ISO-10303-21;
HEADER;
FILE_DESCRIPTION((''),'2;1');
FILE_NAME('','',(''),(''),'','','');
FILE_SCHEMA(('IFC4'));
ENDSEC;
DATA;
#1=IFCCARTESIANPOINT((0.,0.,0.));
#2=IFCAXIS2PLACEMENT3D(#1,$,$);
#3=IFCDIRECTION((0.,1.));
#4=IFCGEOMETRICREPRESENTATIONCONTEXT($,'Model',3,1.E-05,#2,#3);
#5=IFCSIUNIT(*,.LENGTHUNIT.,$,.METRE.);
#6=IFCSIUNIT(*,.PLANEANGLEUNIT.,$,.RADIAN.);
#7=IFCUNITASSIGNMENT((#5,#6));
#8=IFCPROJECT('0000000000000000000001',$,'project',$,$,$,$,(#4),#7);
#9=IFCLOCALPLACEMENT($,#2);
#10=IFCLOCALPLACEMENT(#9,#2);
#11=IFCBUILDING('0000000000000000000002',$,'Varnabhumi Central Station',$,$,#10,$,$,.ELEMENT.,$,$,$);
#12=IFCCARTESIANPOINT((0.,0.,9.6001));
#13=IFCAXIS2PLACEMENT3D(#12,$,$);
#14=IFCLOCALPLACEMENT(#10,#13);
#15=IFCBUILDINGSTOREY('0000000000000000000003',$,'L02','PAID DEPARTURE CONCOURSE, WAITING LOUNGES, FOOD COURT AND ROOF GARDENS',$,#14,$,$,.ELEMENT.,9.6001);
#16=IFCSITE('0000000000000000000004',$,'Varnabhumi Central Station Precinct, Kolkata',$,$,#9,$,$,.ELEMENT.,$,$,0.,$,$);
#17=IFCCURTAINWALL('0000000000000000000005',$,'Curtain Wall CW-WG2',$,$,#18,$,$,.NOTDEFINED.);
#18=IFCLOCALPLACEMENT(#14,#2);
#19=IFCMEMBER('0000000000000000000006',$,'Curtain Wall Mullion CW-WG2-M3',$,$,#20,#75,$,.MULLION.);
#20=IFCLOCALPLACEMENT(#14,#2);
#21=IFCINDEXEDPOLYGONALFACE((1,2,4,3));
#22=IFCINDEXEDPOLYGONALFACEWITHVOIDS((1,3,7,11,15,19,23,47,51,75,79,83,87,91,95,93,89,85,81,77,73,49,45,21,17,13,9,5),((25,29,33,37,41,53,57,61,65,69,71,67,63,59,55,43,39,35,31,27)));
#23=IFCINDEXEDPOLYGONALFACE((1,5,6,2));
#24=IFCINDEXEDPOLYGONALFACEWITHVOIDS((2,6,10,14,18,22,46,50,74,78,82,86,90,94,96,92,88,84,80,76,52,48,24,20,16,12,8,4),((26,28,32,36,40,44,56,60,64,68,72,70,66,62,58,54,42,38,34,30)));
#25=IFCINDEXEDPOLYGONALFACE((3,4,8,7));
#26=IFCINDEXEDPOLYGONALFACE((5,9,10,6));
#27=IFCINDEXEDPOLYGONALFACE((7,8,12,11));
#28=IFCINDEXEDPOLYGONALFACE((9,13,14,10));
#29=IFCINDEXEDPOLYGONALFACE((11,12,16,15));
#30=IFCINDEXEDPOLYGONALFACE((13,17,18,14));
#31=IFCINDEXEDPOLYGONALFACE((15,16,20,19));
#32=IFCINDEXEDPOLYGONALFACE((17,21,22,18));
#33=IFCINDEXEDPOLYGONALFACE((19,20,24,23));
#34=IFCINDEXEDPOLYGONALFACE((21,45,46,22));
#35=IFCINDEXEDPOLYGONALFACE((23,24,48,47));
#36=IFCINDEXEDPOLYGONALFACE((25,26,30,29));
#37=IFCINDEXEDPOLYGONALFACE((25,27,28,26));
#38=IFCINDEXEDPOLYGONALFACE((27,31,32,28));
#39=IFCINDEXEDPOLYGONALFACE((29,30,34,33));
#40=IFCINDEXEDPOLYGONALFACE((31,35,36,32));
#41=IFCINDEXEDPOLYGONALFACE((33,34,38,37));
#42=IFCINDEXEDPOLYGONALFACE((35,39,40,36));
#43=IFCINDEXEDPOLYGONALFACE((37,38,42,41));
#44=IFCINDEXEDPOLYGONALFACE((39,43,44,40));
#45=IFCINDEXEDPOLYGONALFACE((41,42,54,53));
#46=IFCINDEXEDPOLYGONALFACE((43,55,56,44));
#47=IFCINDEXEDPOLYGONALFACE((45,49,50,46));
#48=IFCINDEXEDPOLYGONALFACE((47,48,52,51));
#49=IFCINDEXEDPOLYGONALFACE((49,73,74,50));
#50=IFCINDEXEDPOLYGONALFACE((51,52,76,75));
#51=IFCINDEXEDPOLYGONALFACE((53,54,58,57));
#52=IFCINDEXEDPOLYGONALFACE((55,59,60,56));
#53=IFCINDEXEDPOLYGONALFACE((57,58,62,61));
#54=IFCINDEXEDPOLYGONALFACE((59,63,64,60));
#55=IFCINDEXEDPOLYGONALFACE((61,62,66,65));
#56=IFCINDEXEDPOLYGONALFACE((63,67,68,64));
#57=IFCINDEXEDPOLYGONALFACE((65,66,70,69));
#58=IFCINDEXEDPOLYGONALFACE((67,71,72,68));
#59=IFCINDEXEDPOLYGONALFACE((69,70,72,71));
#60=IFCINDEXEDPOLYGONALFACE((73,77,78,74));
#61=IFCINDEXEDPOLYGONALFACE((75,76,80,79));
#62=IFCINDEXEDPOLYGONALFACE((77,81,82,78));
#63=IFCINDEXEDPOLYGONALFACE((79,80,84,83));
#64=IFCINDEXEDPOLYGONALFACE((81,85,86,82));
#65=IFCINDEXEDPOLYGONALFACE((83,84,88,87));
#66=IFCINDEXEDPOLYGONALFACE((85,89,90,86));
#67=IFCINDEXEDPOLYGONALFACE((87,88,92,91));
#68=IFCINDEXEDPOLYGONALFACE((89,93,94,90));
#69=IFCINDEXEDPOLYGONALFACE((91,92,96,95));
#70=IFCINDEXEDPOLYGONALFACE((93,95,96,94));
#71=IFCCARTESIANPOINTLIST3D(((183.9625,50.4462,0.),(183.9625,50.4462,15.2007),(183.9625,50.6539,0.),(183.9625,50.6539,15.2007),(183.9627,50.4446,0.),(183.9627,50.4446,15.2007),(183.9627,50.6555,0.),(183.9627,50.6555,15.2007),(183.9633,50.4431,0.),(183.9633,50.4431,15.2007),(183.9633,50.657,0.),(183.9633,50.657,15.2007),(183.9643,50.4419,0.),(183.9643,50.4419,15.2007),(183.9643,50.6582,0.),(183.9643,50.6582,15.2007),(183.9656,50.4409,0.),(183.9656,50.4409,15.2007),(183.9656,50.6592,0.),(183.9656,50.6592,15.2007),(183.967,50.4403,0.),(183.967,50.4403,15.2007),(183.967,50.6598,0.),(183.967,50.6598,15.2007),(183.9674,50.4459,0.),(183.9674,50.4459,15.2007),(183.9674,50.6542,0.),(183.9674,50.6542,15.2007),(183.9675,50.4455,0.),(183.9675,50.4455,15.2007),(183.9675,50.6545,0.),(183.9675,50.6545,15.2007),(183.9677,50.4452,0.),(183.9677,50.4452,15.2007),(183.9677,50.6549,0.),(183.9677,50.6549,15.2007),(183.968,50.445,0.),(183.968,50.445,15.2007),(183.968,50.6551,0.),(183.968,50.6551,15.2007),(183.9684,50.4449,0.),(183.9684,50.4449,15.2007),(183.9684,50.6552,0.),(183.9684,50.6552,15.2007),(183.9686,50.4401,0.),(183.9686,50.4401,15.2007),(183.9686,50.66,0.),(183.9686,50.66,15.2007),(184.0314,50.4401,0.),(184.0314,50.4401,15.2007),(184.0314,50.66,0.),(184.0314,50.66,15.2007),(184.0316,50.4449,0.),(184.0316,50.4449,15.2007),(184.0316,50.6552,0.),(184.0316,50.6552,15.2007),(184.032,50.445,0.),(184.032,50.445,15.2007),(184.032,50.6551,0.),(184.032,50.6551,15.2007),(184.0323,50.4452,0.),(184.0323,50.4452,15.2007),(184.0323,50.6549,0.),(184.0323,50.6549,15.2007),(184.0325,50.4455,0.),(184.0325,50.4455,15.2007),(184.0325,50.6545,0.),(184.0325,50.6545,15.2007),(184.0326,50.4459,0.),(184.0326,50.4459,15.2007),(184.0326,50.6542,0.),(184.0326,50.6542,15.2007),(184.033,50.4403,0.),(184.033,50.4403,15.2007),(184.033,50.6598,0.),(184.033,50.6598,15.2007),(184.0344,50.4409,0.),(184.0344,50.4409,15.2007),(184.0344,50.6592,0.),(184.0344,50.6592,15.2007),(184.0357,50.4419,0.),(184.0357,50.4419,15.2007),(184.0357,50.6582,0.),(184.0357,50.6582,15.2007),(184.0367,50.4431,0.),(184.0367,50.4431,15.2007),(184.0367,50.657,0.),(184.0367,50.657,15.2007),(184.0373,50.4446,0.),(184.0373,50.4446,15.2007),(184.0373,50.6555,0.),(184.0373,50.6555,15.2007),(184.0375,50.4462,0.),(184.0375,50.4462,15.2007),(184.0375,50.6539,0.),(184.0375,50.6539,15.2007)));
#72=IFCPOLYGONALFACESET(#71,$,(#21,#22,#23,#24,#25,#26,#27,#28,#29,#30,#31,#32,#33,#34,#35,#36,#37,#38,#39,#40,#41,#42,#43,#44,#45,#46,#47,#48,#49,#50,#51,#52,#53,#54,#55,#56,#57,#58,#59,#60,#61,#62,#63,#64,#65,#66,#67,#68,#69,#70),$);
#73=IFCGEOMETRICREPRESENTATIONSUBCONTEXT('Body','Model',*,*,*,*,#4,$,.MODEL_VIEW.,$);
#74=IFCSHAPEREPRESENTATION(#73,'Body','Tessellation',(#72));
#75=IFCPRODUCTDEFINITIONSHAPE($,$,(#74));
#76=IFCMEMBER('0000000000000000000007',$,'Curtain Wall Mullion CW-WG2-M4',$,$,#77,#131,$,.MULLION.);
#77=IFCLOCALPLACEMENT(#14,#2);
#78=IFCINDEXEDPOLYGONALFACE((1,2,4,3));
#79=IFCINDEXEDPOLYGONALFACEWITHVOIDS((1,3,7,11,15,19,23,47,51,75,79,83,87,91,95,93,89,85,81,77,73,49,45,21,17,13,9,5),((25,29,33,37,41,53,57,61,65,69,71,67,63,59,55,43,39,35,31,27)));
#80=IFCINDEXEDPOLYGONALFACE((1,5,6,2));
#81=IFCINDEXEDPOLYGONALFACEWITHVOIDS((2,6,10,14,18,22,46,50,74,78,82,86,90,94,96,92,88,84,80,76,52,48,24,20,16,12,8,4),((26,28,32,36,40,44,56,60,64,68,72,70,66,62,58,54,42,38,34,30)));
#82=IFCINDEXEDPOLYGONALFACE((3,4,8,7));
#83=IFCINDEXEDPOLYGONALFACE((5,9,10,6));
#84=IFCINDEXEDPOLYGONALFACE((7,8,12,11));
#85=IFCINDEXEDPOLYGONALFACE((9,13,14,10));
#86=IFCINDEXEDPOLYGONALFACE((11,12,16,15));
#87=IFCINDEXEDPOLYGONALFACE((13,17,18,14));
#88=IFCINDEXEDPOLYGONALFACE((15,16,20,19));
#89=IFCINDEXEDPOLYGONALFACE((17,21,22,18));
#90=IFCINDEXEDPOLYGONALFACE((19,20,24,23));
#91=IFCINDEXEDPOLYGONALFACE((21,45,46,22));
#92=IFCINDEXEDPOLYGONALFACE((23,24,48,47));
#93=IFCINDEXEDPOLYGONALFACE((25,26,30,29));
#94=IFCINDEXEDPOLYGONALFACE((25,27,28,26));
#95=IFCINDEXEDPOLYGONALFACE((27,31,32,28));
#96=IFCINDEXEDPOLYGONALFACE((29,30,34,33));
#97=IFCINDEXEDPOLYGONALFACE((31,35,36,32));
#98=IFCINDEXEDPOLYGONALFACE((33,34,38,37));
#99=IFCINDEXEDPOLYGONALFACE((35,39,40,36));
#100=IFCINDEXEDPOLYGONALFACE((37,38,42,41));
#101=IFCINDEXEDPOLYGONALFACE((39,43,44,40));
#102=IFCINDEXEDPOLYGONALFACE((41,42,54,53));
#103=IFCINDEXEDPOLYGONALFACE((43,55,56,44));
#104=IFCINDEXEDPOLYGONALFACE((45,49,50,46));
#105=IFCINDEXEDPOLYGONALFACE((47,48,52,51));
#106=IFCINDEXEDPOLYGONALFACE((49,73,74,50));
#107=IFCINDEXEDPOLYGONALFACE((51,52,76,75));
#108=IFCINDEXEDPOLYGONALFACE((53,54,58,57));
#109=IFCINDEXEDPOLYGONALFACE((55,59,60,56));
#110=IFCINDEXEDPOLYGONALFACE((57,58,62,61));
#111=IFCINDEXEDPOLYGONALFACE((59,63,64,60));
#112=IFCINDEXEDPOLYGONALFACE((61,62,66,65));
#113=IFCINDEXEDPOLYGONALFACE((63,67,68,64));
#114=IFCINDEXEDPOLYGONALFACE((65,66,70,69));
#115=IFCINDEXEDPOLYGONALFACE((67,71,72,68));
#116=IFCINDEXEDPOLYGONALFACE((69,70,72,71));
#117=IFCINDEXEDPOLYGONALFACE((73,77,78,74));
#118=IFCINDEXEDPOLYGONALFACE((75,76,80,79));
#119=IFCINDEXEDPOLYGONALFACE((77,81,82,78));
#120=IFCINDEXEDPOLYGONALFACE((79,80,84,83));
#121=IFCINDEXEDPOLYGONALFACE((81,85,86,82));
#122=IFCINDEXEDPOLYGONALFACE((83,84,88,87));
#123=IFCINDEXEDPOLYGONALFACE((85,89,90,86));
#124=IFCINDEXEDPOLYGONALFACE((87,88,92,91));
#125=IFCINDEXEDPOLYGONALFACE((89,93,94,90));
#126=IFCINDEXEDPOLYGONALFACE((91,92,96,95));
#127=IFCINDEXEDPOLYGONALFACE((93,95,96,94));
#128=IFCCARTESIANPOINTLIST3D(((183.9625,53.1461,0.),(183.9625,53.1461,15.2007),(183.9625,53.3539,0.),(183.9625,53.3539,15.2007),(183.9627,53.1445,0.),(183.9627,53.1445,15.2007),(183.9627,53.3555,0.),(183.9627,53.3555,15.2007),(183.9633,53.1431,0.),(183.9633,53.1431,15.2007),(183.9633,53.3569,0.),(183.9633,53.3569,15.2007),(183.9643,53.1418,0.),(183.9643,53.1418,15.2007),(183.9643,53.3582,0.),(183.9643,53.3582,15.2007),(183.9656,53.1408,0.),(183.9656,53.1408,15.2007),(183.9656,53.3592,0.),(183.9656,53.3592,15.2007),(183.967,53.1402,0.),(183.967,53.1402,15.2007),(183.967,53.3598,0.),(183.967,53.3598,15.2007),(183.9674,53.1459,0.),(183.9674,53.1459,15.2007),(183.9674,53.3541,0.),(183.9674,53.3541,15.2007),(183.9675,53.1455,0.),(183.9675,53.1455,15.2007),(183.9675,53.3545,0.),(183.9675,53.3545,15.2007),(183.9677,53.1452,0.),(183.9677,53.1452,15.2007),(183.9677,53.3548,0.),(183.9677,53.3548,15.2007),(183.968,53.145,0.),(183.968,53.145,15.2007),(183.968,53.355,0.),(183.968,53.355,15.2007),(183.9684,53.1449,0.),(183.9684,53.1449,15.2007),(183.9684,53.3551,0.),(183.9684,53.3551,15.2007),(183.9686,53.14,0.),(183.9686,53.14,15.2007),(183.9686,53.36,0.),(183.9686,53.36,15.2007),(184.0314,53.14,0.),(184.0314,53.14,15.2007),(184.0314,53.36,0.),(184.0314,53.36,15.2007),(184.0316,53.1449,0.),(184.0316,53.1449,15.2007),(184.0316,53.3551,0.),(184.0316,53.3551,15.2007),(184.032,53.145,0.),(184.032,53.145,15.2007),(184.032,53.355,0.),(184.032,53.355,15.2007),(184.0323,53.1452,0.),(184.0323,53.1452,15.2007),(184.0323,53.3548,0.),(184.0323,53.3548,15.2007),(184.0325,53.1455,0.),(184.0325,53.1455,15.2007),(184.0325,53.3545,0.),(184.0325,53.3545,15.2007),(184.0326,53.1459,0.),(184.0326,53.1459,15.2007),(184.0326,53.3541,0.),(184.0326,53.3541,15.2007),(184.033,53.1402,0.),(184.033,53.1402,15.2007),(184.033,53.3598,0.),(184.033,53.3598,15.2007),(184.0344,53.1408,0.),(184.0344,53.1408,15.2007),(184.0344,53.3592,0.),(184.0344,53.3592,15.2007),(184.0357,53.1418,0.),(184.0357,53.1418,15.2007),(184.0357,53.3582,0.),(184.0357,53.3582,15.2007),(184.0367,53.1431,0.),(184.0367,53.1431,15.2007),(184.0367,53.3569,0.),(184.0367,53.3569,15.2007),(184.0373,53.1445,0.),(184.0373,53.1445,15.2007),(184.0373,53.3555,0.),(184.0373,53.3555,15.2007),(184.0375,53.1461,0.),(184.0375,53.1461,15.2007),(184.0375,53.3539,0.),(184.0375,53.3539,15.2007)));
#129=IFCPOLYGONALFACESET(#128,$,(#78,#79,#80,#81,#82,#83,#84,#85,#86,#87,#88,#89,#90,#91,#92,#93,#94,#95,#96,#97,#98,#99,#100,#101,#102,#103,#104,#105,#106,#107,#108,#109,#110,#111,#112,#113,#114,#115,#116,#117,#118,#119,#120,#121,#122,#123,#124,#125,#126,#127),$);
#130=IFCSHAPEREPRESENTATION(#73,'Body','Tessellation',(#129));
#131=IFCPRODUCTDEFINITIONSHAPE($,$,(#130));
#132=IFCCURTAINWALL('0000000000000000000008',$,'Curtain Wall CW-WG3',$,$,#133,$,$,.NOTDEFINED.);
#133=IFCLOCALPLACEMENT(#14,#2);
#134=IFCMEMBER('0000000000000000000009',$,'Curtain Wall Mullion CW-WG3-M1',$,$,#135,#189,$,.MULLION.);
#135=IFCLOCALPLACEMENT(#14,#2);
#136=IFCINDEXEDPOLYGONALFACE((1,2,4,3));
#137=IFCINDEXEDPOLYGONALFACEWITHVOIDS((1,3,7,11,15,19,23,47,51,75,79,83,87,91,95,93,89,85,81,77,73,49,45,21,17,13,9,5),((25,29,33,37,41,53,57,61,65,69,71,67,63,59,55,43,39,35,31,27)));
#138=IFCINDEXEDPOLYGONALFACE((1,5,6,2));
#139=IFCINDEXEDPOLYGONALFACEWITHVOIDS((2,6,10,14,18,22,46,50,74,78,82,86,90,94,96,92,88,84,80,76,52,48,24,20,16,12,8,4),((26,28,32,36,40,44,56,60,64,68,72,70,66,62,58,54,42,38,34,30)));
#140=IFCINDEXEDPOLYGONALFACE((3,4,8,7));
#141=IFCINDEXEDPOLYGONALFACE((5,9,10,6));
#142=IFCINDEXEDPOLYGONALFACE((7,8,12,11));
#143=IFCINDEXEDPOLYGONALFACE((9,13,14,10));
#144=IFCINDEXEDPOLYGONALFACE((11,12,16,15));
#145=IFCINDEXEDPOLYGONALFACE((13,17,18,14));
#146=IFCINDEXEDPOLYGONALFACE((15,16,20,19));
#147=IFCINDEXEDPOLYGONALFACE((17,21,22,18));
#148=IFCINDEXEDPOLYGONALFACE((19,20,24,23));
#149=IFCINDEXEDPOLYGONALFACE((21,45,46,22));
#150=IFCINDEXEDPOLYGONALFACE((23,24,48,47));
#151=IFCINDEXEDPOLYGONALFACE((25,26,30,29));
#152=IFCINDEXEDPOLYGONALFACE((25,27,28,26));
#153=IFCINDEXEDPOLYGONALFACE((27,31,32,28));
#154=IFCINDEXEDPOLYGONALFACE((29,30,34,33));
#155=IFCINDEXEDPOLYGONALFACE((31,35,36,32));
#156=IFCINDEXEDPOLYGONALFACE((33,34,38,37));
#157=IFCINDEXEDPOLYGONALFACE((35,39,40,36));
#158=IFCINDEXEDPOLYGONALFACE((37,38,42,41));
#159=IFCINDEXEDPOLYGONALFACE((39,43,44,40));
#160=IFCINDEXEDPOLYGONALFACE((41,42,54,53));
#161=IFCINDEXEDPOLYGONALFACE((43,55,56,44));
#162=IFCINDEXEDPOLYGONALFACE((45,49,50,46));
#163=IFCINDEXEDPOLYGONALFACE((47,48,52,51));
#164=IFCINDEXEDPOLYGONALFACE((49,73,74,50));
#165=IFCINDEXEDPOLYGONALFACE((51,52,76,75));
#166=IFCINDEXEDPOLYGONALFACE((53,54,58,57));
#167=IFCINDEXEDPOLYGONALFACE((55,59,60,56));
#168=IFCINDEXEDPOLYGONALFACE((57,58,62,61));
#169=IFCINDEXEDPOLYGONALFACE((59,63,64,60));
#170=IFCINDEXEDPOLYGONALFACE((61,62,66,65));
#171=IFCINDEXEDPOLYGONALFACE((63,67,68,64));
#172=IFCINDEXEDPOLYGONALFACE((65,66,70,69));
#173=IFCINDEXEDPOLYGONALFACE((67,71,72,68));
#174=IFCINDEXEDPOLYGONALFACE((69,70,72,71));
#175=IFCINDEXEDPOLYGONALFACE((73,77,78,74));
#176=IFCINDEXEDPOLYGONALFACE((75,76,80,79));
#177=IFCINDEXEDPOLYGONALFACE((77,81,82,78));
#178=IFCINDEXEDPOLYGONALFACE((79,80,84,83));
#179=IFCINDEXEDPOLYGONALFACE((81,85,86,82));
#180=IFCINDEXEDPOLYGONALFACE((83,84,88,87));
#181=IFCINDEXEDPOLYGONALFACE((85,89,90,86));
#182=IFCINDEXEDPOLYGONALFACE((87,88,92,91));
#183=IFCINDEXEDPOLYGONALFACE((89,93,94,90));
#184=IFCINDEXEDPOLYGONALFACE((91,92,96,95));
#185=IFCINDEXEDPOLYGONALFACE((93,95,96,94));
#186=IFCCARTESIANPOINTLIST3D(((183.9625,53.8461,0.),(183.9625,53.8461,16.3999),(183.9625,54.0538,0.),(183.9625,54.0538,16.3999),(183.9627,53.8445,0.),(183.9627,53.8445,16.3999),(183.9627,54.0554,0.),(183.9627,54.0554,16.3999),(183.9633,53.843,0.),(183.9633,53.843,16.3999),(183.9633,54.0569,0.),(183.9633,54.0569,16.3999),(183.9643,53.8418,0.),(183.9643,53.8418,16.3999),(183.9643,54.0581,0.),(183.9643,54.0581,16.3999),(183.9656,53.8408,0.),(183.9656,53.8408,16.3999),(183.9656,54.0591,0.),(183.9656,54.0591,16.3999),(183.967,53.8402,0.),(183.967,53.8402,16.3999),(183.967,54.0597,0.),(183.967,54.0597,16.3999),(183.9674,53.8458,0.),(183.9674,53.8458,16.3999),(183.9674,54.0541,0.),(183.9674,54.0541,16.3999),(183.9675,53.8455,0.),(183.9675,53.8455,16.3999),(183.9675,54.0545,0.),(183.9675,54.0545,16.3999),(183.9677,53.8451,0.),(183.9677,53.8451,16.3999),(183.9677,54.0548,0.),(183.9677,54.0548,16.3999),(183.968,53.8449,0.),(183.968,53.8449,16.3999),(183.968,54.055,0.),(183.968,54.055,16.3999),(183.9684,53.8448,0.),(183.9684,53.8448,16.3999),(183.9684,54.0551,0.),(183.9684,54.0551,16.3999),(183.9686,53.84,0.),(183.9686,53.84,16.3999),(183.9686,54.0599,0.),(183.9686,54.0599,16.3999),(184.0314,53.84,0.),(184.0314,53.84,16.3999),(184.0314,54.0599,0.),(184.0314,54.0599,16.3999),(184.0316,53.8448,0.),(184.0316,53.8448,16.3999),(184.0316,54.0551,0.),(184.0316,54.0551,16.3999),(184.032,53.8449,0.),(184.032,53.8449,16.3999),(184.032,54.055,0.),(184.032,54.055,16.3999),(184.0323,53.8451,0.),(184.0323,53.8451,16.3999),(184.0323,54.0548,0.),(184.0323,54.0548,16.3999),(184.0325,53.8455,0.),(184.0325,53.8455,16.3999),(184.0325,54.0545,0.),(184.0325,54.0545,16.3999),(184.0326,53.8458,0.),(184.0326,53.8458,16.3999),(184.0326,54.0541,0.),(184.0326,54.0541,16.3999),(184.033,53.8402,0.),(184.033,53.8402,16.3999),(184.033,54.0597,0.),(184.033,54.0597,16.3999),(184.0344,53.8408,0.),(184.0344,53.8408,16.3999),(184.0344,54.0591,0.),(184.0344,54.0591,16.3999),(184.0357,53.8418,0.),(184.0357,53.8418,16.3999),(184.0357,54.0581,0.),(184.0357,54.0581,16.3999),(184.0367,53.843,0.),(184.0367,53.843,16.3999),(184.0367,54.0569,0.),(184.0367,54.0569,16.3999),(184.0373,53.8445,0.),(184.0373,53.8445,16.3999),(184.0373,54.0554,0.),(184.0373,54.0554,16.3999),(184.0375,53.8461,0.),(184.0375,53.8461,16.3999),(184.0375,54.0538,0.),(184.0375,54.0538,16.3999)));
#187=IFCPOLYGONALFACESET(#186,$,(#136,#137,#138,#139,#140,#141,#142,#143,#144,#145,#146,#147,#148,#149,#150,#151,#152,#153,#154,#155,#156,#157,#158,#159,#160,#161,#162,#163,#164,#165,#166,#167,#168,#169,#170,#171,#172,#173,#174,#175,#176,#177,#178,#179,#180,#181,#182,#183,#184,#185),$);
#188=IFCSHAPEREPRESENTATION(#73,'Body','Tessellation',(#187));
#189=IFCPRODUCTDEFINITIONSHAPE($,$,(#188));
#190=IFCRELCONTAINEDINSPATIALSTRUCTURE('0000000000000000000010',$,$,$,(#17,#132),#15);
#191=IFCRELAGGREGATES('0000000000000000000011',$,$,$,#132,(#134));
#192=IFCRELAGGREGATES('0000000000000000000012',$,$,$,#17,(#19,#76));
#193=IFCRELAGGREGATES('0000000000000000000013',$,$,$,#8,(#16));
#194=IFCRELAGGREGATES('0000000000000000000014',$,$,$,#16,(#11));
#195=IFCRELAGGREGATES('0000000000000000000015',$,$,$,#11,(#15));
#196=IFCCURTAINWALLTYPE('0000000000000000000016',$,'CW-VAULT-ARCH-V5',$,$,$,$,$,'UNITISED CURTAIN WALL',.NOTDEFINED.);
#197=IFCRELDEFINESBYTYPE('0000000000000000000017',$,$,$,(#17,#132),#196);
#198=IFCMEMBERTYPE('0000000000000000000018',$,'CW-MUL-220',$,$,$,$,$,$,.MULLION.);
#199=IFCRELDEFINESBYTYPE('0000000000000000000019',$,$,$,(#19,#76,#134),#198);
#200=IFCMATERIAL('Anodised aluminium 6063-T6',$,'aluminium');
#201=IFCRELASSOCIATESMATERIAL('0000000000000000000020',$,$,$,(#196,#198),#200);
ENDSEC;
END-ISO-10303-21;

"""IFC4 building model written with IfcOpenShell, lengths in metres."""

from ifc_helpers import new_model, si_unit, direction, frame, origin, origin_2d, place, context, subcontext, project, spatial, hollow_rectangle, extrude, material, material_profile, profile_set, type_object, element, aggregate, save


model = new_model("IFC4")

# Units and contexts
model_context = context("Model", 3, precision=1e-05, world=origin(), true_north=direction((0.0, 1.0)))
body_context = subcontext(model_context, "Body", "Model", "MODEL_VIEW")
ifc_project = project(units=[si_unit("LENGTHUNIT", "METRE"), si_unit("PLANEANGLEUNIT", "RADIAN")], contexts=[model_context])

# Site, building, storey
site_placement = place(None, origin())
site = spatial("IfcSite", under=ifc_project, at=site_placement, Name="Varnabhumi Central Station Precinct, Kolkata", CompositionType="ELEMENT", RefElevation=0.0)
building_placement = place(site_placement, origin())
building = spatial("IfcBuilding", under=site, at=building_placement, Name="Varnabhumi Central Station", CompositionType="ELEMENT")
storey_placement = place(building_placement, frame((0.0, 0.0, 9.6001)))
storey = spatial("IfcBuildingStorey", under=building, at=storey_placement, Name="L02", Description="PAID DEPARTURE CONCOURSE, WAITING LOUNGES, FOOD COURT AND ROOF GARDENS", CompositionType="ELEMENT", Elevation=9.6001)

# Curtain wall, members
ifc_material_1 = material(Name="Anodised aluminium 6063-T6", Category="aluminium")
curtain_wall_type_1 = type_object("IfcCurtainWallType", Name="CW-VAULT-ARCH-V5", ElementType="UNITISED CURTAIN WALL", PredefinedType="NOTDEFINED", material=ifc_material_1)
curtain_wall_1_placement = place(storey_placement, origin())
curtain_wall_1 = element("IfcCurtainWall", 1, at=curtain_wall_1_placement, inside=storey, type_object=curtain_wall_type_1, Name="Curtain Wall CW-WG2", PredefinedType="NOTDEFINED")
ifc_material_profile_1 = material_profile(ifc_material_1, hollow_rectangle(XDim=0.075, YDim=0.22, WallThickness=0.0049, InnerFilletRadius=0.001, OuterFilletRadius=0.0061, at=origin_2d()), Name="Anodised aluminium 6063-T6", Category="aluminium")
ifc_profile_set_1 = profile_set([ifc_material_profile_1], Name="Anodised aluminium 6063-T6")
member_type_1 = type_object("IfcMemberType", Name="CW-MUL-220", PredefinedType="MULLION", material=ifc_profile_set_1)
member_1_placement = place(storey_placement, frame((184.0, 50.55, 0.0), z_axis=(0.0, 0.0, 1.0), x_axis=(1.0, 0.0, 0.0)))
member_1 = element("IfcMember", 2, at=member_1_placement, type_object=member_type_1, Name="Curtain Wall Mullion CW-WG2-M3", PredefinedType="MULLION", context=body_context, shape_type="SweptSolid", body=[
    extrude(hollow_rectangle(XDim=0.075, YDim=0.22, WallThickness=0.0049, InnerFilletRadius=0.001, OuterFilletRadius=0.0061, at=origin_2d()), origin(), (0.0, 0.0, 1.0), 15.2007),
])
member_2_placement = place(storey_placement, frame((184.0, 53.25, 0.0), z_axis=(0.0, 0.0, 1.0), x_axis=(1.0, 0.0, 0.0)))
member_2 = element("IfcMember", 3, at=member_2_placement, type_object=member_type_1, Name="Curtain Wall Mullion CW-WG2-M4", PredefinedType="MULLION", context=body_context, shape_type="SweptSolid", body=[
    extrude(hollow_rectangle(XDim=0.075, YDim=0.22, WallThickness=0.0049, InnerFilletRadius=0.001, OuterFilletRadius=0.0061, at=origin_2d()), origin(), (0.0, 0.0, 1.0), 15.2007),
])

# Curtain wall, member
curtain_wall_2_placement = place(storey_placement, origin())
curtain_wall_2 = element("IfcCurtainWall", 4, at=curtain_wall_2_placement, inside=storey, type_object=curtain_wall_type_1, Name="Curtain Wall CW-WG3", PredefinedType="NOTDEFINED")
member_3_placement = place(storey_placement, frame((184.0, 53.95, 0.0), z_axis=(0.0, 0.0, 1.0), x_axis=(1.0, 0.0, 0.0)))
member_3 = element("IfcMember", 5, at=member_3_placement, type_object=member_type_1, Name="Curtain Wall Mullion CW-WG3-M1", PredefinedType="MULLION", context=body_context, shape_type="SweptSolid", body=[
    extrude(hollow_rectangle(XDim=0.075, YDim=0.22, WallThickness=0.0049, InnerFilletRadius=0.001, OuterFilletRadius=0.0061, at=origin_2d()), origin(), (0.0, 0.0, 1.0), 16.3999),
])

aggregate(curtain_wall_2, [member_3])

aggregate(curtain_wall_1, [member_1, member_2])

save(model, "model.ifc")
